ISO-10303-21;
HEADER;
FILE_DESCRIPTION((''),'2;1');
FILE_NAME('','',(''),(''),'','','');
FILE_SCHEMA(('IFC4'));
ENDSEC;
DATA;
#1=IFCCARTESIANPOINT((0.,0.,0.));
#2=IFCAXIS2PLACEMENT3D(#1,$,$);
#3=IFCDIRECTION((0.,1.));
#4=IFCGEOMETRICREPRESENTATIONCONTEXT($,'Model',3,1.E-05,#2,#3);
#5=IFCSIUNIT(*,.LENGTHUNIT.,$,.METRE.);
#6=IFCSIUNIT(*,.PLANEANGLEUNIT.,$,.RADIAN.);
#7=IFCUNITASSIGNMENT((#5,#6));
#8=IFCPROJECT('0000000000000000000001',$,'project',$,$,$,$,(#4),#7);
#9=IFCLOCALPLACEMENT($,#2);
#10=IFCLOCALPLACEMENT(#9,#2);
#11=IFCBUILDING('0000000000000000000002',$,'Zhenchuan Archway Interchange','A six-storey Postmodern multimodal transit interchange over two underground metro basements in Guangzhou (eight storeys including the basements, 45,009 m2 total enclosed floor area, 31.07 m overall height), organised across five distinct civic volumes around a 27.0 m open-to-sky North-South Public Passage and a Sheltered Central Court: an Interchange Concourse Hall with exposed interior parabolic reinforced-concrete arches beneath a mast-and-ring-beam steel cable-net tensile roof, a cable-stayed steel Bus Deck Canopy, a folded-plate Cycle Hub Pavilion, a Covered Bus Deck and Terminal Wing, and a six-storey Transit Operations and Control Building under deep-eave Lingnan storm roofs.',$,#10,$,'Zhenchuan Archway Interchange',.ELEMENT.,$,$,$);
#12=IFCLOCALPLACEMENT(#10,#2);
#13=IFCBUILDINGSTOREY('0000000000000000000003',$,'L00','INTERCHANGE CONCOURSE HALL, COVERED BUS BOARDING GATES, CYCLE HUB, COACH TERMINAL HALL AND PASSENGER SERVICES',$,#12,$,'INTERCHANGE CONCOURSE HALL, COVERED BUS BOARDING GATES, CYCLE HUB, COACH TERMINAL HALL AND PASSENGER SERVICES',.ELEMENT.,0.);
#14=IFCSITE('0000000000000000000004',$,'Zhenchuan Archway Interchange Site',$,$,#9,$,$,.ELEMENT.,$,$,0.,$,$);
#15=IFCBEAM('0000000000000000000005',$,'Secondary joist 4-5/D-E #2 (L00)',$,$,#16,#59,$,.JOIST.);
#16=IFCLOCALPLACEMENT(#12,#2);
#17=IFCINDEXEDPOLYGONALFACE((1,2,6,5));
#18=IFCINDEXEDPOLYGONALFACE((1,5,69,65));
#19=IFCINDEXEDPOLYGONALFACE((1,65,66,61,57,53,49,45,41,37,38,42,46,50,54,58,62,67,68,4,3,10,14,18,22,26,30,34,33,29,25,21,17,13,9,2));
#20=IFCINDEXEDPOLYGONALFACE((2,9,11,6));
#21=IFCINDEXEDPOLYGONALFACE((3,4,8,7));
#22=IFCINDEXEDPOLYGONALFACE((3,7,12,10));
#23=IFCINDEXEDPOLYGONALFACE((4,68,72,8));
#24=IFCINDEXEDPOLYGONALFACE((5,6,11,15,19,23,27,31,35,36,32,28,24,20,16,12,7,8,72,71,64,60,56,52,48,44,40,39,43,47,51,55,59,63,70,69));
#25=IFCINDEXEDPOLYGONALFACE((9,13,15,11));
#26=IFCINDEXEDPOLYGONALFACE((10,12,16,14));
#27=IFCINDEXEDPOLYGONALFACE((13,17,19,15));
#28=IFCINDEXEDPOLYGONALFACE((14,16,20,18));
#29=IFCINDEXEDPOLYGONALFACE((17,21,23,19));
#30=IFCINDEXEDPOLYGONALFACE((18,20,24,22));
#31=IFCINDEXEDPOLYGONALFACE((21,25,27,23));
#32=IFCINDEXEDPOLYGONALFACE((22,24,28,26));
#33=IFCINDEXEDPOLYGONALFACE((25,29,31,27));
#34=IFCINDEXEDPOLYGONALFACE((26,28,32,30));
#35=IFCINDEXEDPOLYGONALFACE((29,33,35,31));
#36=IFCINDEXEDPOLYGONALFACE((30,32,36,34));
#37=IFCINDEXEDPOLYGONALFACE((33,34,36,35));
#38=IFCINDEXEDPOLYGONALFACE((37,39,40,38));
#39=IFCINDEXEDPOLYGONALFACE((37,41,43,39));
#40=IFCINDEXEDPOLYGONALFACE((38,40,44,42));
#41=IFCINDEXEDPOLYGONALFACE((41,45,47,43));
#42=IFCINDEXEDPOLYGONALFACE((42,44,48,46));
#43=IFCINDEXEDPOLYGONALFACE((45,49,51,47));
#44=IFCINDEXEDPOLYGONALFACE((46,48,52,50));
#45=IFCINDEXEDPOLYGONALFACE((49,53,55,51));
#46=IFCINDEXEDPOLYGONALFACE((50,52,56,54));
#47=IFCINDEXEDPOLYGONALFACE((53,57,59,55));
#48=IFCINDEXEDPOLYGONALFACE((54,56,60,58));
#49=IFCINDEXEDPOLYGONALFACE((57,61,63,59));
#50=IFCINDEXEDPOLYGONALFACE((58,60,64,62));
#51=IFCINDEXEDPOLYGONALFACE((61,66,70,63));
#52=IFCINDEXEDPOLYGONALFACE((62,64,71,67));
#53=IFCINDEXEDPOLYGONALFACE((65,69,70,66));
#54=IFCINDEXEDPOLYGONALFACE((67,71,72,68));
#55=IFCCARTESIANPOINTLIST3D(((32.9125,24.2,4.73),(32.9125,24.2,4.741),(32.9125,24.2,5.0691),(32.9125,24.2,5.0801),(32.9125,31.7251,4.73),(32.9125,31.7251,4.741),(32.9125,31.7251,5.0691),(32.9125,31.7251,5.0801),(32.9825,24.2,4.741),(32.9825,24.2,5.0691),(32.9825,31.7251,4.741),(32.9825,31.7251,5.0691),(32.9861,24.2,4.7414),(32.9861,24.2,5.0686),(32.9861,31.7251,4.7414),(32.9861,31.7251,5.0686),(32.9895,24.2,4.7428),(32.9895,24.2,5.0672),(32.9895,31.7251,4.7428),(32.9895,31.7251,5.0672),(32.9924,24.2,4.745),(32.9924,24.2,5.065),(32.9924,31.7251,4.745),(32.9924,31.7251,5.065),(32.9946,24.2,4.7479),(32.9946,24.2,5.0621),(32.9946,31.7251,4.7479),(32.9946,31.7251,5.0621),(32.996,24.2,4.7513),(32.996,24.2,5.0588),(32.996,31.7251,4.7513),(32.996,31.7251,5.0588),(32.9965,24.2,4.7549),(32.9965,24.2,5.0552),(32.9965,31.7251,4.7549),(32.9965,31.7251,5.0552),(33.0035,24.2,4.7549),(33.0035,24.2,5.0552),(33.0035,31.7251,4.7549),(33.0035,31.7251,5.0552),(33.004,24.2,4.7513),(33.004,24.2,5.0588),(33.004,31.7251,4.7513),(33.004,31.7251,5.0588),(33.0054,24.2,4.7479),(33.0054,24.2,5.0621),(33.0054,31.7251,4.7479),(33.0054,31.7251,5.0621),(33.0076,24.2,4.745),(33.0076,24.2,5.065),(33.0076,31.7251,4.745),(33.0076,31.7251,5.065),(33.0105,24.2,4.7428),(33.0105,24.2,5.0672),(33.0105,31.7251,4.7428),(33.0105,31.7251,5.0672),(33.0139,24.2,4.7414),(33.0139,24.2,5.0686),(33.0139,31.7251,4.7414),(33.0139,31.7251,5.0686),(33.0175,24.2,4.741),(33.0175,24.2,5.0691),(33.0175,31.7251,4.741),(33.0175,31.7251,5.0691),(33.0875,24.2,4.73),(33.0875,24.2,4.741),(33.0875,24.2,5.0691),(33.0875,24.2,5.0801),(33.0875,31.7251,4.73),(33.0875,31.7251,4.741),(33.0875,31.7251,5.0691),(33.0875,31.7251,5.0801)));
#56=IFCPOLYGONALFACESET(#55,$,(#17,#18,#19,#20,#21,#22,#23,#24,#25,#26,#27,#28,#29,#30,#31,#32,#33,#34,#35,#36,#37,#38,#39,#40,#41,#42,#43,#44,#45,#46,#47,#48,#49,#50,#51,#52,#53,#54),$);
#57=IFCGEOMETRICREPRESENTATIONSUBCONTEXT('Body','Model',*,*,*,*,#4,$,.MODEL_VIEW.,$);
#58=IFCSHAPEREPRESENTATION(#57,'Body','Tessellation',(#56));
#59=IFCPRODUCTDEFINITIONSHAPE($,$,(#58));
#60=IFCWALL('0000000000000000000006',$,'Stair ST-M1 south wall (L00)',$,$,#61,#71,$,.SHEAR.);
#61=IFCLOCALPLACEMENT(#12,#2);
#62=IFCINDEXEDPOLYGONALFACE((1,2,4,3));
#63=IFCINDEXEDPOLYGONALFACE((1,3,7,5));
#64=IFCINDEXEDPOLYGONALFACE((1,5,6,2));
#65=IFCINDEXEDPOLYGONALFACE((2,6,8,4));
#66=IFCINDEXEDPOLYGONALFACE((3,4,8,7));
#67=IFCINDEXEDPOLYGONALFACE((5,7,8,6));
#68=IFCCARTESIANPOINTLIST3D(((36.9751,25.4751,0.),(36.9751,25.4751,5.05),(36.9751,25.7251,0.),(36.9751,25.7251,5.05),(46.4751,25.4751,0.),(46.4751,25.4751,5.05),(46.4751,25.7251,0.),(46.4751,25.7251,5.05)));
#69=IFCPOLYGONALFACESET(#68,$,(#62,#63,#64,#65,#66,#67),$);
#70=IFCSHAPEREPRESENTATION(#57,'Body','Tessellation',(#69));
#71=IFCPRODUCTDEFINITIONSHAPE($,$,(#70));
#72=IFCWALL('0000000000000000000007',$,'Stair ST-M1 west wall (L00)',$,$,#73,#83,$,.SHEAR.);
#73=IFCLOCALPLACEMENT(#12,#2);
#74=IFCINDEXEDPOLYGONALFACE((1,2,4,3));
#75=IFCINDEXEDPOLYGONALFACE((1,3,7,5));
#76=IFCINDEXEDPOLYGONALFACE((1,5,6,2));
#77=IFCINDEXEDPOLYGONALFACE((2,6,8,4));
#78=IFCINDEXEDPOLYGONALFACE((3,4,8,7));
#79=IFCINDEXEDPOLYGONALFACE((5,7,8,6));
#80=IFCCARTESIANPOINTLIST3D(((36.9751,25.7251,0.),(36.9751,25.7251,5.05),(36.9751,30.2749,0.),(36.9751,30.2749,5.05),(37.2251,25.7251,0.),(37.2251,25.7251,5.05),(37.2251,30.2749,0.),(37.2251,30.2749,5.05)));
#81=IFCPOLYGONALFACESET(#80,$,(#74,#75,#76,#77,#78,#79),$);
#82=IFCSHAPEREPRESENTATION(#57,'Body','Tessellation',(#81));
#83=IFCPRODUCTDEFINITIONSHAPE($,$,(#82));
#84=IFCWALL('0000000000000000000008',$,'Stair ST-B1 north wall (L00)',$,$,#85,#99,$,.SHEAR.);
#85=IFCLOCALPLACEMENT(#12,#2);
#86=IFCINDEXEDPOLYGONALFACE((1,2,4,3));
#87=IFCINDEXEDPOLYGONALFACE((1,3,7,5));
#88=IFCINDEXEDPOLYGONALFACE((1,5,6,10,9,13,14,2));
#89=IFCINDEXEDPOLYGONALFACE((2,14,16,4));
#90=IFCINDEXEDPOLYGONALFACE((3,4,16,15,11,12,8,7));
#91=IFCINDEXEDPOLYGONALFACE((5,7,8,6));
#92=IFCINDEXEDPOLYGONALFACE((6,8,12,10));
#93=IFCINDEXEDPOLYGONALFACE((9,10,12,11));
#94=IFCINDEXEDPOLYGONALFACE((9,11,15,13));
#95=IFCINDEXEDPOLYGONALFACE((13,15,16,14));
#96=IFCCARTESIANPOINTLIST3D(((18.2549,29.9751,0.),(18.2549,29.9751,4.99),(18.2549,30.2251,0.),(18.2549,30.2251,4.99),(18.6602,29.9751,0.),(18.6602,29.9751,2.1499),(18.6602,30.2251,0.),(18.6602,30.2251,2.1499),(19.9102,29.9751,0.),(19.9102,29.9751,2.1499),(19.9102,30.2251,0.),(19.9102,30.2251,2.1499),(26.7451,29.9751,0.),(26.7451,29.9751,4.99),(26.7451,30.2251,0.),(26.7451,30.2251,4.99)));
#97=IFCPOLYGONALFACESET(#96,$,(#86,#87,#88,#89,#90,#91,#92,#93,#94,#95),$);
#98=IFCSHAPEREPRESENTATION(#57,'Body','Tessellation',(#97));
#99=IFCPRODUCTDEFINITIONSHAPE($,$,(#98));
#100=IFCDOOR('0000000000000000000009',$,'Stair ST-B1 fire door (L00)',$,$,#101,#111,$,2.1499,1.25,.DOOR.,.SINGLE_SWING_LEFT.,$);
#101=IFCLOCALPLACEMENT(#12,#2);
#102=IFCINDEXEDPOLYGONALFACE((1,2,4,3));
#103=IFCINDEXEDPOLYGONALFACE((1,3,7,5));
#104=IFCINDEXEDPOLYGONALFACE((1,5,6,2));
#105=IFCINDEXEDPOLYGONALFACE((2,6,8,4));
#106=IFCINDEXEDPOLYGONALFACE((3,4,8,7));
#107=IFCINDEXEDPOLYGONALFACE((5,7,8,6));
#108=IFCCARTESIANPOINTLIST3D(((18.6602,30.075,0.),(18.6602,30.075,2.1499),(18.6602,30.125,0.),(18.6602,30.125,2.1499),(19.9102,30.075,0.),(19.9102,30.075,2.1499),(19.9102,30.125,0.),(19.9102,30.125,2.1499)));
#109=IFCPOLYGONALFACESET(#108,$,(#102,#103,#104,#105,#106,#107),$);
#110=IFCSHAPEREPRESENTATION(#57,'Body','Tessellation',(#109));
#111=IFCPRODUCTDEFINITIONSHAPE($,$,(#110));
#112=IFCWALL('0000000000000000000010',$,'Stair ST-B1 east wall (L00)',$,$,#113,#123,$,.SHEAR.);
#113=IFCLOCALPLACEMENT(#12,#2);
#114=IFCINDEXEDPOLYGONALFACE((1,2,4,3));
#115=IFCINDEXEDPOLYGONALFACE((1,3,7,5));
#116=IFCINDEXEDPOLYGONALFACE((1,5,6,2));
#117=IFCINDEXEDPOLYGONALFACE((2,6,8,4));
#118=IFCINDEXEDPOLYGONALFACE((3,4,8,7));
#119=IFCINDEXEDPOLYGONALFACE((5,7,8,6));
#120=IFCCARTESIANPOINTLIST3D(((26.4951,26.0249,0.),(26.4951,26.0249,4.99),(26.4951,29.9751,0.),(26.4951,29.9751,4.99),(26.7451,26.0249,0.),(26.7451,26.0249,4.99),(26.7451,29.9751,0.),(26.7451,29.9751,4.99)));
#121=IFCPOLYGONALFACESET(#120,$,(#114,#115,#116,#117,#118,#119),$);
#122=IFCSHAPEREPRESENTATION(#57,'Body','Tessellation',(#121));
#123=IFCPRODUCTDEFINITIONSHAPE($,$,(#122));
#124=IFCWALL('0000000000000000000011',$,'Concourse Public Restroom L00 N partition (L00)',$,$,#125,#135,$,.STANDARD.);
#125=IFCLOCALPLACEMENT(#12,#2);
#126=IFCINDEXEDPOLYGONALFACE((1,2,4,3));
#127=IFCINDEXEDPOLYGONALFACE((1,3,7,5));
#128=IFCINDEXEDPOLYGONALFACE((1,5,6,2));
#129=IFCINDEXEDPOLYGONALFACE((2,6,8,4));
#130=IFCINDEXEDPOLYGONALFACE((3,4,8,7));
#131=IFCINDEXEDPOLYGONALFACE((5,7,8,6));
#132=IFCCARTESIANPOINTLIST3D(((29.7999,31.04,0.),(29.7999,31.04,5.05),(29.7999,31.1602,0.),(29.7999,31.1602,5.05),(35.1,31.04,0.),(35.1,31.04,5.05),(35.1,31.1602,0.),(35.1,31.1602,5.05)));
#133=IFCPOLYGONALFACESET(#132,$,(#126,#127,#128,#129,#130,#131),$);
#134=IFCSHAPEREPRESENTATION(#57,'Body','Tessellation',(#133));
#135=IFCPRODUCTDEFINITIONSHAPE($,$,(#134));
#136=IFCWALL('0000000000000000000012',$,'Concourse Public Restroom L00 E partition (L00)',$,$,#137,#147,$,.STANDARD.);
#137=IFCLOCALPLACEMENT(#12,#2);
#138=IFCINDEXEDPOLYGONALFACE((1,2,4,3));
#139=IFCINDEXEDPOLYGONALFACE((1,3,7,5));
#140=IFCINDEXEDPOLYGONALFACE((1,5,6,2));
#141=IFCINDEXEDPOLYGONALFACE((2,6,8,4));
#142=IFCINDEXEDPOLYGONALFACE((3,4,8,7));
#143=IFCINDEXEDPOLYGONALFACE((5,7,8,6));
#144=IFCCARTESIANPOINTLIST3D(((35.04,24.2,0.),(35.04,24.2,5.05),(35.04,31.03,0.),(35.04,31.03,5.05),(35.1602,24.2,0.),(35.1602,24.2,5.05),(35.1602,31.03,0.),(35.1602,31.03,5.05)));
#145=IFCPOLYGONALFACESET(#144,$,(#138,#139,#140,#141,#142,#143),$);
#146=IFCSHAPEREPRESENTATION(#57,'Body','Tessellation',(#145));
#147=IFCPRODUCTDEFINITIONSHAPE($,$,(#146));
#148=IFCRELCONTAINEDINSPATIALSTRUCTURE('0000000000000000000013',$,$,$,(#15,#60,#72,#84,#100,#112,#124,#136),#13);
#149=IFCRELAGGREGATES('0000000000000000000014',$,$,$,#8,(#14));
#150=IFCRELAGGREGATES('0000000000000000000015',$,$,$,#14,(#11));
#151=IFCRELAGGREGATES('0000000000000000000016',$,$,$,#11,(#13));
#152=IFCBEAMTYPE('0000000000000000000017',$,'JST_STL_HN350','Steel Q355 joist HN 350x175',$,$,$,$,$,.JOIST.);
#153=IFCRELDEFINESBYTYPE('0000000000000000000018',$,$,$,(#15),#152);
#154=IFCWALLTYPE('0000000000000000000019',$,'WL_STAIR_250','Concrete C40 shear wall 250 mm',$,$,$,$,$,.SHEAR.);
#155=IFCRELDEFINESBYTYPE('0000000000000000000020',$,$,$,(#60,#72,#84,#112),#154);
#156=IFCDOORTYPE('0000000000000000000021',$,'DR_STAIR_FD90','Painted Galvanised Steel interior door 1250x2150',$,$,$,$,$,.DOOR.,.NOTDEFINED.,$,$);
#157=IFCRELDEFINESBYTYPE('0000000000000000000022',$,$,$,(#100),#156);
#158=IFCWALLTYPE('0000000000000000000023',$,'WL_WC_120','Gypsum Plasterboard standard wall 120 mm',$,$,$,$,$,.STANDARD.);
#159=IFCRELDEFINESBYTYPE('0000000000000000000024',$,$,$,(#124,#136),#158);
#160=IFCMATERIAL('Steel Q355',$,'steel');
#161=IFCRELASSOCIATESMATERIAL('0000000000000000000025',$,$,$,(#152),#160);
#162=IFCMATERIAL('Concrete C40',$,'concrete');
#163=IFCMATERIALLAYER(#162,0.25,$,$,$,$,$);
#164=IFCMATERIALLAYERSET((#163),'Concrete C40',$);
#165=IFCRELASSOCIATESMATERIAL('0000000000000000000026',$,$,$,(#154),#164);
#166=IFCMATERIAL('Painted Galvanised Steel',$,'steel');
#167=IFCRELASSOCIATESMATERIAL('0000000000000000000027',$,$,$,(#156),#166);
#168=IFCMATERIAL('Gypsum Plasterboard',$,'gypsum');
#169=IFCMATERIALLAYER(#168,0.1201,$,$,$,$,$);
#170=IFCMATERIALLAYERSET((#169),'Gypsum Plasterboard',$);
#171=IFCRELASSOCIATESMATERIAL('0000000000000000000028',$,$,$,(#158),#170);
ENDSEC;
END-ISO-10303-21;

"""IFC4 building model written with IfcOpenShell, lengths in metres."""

from ifc_helpers import new_model, si_unit, direction, frame, frame_2d, origin, origin_2d, place, context, subcontext, project, spatial, rectangle, i_section, extrude, material, layer, layer_set, material_profile, profile_set, type_object, element, fill, save


model = new_model("IFC4")

# Units and contexts
model_context = context("Model", 3, precision=1e-05, world=origin(), true_north=direction((0.0, 1.0)))
body_context = subcontext(model_context, "Body", "Model", "MODEL_VIEW")
ifc_project = project(units=[si_unit("LENGTHUNIT", "METRE"), si_unit("PLANEANGLEUNIT", "RADIAN")], contexts=[model_context])

# Site, building, storey
site_placement = place(None, origin())
site = spatial("IfcSite", under=ifc_project, at=site_placement, Name="Zhenchuan Archway Interchange Site", CompositionType="ELEMENT", RefElevation=0.0)
building_placement = place(site_placement, origin())
building = spatial("IfcBuilding", under=site, at=building_placement, Name="Zhenchuan Archway Interchange", Description="A six-storey Postmodern multimodal transit interchange over two underground metro basements in Guangzhou (eight storeys including the basements, 45,009 m2 total enclosed floor area, 31.07 m overall height), organised across five distinct civic volumes around a 27.0 m open-to-sky North-South Public Passage and a Sheltered Central Court: an Interchange Concourse Hall with exposed interior parabolic reinforced-concrete arches beneath a mast-and-ring-beam steel cable-net tensile roof, a cable-stayed steel Bus Deck Canopy, a folded-plate Cycle Hub Pavilion, a Covered Bus Deck and Terminal Wing, and a six-storey Transit Operations and Control Building under deep-eave Lingnan storm roofs.", LongName="Zhenchuan Archway Interchange", CompositionType="ELEMENT")
storey_placement = place(building_placement, origin())
storey = spatial("IfcBuildingStorey", under=building, at=storey_placement, Name="L00", Description="INTERCHANGE CONCOURSE HALL, COVERED BUS BOARDING GATES, CYCLE HUB, COACH TERMINAL HALL AND PASSENGER SERVICES", LongName="INTERCHANGE CONCOURSE HALL, COVERED BUS BOARDING GATES, CYCLE HUB, COACH TERMINAL HALL AND PASSENGER SERVICES", CompositionType="ELEMENT", Elevation=0.0)

# Shared definitions
ifc_material_1 = material(Name="Concrete C40", Category="concrete")

# Beam
ifc_material_2 = material(Name="Steel Q355", Category="steel")
ifc_material_profile_1 = material_profile(ifc_material_2, i_section(OverallWidth=0.175, OverallDepth=0.3501, WebThickness=0.0071, FlangeThickness=0.011, FilletRadius=0.0139, at=origin_2d()), Name="HN 350x175")
ifc_profile_set_1 = profile_set([ifc_material_profile_1], Name="Steel Q355")
beam_type_1 = type_object("IfcBeamType", Name="JST_STL_HN350", Description="Steel Q355 joist HN 350x175", PredefinedType="JOIST", material=ifc_profile_set_1)
for number, where, z_axis, x_axis, name in (
    (1, (33.0, 24.2, 4.905), (0.0, 1.0, 0.0), (-1.0, 0.0, 0.0), "Secondary joist 4-5/D-E #2 (L00)"),
):
    element("IfcBeam", number, at=place(storey_placement, frame(where, z_axis=z_axis, x_axis=x_axis)), inside=storey, type_object=beam_type_1, Name=name, PredefinedType="JOIST", context=body_context, shape_type="SweptSolid", body=[
        extrude(i_section(OverallWidth=0.175, OverallDepth=0.3501, WebThickness=0.0071, FlangeThickness=0.011, FilletRadius=0.0139, at=origin_2d()), origin(), (0.0, 0.0, 1.0), 7.5251),
    ])

# Walls
ifc_layer_1 = layer(ifc_material_1, 0.25)
ifc_layer_set_1 = layer_set([ifc_layer_1], Name="Concrete C40")
wall_type_1 = type_object("IfcWallType", Name="WL_STAIR_250", Description="Concrete C40 shear wall 250 mm", PredefinedType="SHEAR", material=ifc_layer_set_1)
wall_1_placement = place(storey_placement, frame((36.9751, 25.6001, 0.0), z_axis=(0.0, 0.0, 1.0), x_axis=(1.0, 0.0, 0.0)))
element("IfcWall", 2, at=wall_1_placement, inside=storey, type_object=wall_type_1, Name="Stair ST-M1 south wall (L00)", PredefinedType="SHEAR", context=body_context, shape_type="SweptSolid", body=[
    extrude(rectangle(XDim=9.5, YDim=0.25, at=frame_2d((4.75, 0.0))), origin(), (0.0, 0.0, 1.0), 5.05),
])
wall_2_placement = place(storey_placement, frame((37.1001, 30.2749, 0.0), z_axis=(0.0, 0.0, 1.0), x_axis=(0.0, -1.0, 0.0)))
element("IfcWall", 3, at=wall_2_placement, inside=storey, type_object=wall_type_1, Name="Stair ST-M1 west wall (L00)", PredefinedType="SHEAR", context=body_context, shape_type="SweptSolid", body=[
    extrude(rectangle(XDim=4.5498, YDim=0.25, at=frame_2d((2.2749, 0.0))), origin(), (0.0, 0.0, 1.0), 5.05),
])

# Wall, opening, door
wall_3_placement = place(storey_placement, frame((26.7451, 30.1001, 0.0), z_axis=(0.0, 0.0, 1.0), x_axis=(-1.0, 0.0, 0.0)))
wall_3 = element("IfcWall", 4, at=wall_3_placement, inside=storey, type_object=wall_type_1, Name="Stair ST-B1 north wall (L00)", PredefinedType="SHEAR", context=body_context, shape_type="SweptSolid", body=[
    extrude(rectangle(XDim=8.4902, YDim=0.25, at=frame_2d((4.2451, 0.0))), origin(), (0.0, 0.0, 1.0), 4.99),
])
opening_placement = place(wall_3_placement, frame((6.835, 0.0, 0.0)))
opening = element("IfcOpeningElement", 5, at=opening_placement, cuts=wall_3, PredefinedType="OPENING", context=body_context, shape_type="SweptSolid", body=[
    extrude(rectangle(XDim=1.25, YDim=2.1499, at=frame_2d((0.625, 1.075))), frame((0.0, 0.137, 0.0), z_axis=(0.0, -1.0, 0.0), x_axis=(1.0, 0.0, 0.0)), (0.0, 0.0, 1.0), 0.2739),
])
ifc_material_3 = material(Name="Painted Galvanised Steel", Category="steel")
door_type = type_object("IfcDoorType", Name="DR_STAIR_FD90", Description="Painted Galvanised Steel interior door 1250x2150", OperationType="NOTDEFINED", PredefinedType="DOOR", material=ifc_material_3)
door_placement = place(opening_placement, frame((1.25, 0.0, 0.0), z_axis=(0.0, 0.0, 1.0), x_axis=(-1.0, 0.0, 0.0)))
door = element("IfcDoor", 6, at=door_placement, inside=storey, type_object=door_type, Name="Stair ST-B1 fire door (L00)", OperationType="SINGLE_SWING_LEFT", OverallHeight=2.1499, OverallWidth=1.25, PredefinedType="DOOR", context=body_context, shape_type="SweptSolid", body=[
    extrude(rectangle(XDim=1.25, YDim=2.1499, at=frame_2d((0.625, 1.075))), frame((0.0, 0.0249, 0.0), z_axis=(0.0, -1.0, 0.0), x_axis=(1.0, 0.0, 0.0)), (0.0, 0.0, 1.0), 0.05),
])
fill(opening, door)

# Walls
wall_4_placement = place(storey_placement, frame((26.6201, 26.0249, 0.0), z_axis=(0.0, 0.0, 1.0), x_axis=(0.0, 1.0, 0.0)))
element("IfcWall", 7, at=wall_4_placement, inside=storey, type_object=wall_type_1, Name="Stair ST-B1 east wall (L00)", PredefinedType="SHEAR", context=body_context, shape_type="SweptSolid", body=[
    extrude(rectangle(XDim=3.9502, YDim=0.25, at=frame_2d((1.9751, 0.0))), origin(), (0.0, 0.0, 1.0), 4.99),
])
ifc_material_4 = material(Name="Gypsum Plasterboard", Category="gypsum")
ifc_layer_2 = layer(ifc_material_4, 0.1201)
ifc_layer_set_2 = layer_set([ifc_layer_2], Name="Gypsum Plasterboard")
wall_type_2 = type_object("IfcWallType", Name="WL_WC_120", Description="Gypsum Plasterboard standard wall 120 mm", PredefinedType="STANDARD", material=ifc_layer_set_2)
wall_5_placement = place(storey_placement, frame((29.8, 31.1001, 0.0), z_axis=(0.0, 0.0, 1.0), x_axis=(1.0, 0.0, 0.0)))
element("IfcWall", 8, at=wall_5_placement, inside=storey, type_object=wall_type_2, Name="Concourse Public Restroom L00 N partition (L00)", PredefinedType="STANDARD", context=body_context, shape_type="SweptSolid", body=[
    extrude(rectangle(XDim=5.3, YDim=0.1201, at=frame_2d((2.6499, 0.0))), origin(), (0.0, 0.0, 1.0), 5.05),
])
wall_6_placement = place(storey_placement, frame((35.1001, 24.2, 0.0), z_axis=(0.0, 0.0, 1.0), x_axis=(0.0, 1.0, 0.0)))
element("IfcWall", 9, at=wall_6_placement, inside=storey, type_object=wall_type_2, Name="Concourse Public Restroom L00 E partition (L00)", PredefinedType="STANDARD", context=body_context, shape_type="SweptSolid", body=[
    extrude(rectangle(XDim=6.8301, YDim=0.1201, at=frame_2d((3.415, 0.0))), origin(), (0.0, 0.0, 1.0), 5.05),
])

save(model, "model.ifc")
